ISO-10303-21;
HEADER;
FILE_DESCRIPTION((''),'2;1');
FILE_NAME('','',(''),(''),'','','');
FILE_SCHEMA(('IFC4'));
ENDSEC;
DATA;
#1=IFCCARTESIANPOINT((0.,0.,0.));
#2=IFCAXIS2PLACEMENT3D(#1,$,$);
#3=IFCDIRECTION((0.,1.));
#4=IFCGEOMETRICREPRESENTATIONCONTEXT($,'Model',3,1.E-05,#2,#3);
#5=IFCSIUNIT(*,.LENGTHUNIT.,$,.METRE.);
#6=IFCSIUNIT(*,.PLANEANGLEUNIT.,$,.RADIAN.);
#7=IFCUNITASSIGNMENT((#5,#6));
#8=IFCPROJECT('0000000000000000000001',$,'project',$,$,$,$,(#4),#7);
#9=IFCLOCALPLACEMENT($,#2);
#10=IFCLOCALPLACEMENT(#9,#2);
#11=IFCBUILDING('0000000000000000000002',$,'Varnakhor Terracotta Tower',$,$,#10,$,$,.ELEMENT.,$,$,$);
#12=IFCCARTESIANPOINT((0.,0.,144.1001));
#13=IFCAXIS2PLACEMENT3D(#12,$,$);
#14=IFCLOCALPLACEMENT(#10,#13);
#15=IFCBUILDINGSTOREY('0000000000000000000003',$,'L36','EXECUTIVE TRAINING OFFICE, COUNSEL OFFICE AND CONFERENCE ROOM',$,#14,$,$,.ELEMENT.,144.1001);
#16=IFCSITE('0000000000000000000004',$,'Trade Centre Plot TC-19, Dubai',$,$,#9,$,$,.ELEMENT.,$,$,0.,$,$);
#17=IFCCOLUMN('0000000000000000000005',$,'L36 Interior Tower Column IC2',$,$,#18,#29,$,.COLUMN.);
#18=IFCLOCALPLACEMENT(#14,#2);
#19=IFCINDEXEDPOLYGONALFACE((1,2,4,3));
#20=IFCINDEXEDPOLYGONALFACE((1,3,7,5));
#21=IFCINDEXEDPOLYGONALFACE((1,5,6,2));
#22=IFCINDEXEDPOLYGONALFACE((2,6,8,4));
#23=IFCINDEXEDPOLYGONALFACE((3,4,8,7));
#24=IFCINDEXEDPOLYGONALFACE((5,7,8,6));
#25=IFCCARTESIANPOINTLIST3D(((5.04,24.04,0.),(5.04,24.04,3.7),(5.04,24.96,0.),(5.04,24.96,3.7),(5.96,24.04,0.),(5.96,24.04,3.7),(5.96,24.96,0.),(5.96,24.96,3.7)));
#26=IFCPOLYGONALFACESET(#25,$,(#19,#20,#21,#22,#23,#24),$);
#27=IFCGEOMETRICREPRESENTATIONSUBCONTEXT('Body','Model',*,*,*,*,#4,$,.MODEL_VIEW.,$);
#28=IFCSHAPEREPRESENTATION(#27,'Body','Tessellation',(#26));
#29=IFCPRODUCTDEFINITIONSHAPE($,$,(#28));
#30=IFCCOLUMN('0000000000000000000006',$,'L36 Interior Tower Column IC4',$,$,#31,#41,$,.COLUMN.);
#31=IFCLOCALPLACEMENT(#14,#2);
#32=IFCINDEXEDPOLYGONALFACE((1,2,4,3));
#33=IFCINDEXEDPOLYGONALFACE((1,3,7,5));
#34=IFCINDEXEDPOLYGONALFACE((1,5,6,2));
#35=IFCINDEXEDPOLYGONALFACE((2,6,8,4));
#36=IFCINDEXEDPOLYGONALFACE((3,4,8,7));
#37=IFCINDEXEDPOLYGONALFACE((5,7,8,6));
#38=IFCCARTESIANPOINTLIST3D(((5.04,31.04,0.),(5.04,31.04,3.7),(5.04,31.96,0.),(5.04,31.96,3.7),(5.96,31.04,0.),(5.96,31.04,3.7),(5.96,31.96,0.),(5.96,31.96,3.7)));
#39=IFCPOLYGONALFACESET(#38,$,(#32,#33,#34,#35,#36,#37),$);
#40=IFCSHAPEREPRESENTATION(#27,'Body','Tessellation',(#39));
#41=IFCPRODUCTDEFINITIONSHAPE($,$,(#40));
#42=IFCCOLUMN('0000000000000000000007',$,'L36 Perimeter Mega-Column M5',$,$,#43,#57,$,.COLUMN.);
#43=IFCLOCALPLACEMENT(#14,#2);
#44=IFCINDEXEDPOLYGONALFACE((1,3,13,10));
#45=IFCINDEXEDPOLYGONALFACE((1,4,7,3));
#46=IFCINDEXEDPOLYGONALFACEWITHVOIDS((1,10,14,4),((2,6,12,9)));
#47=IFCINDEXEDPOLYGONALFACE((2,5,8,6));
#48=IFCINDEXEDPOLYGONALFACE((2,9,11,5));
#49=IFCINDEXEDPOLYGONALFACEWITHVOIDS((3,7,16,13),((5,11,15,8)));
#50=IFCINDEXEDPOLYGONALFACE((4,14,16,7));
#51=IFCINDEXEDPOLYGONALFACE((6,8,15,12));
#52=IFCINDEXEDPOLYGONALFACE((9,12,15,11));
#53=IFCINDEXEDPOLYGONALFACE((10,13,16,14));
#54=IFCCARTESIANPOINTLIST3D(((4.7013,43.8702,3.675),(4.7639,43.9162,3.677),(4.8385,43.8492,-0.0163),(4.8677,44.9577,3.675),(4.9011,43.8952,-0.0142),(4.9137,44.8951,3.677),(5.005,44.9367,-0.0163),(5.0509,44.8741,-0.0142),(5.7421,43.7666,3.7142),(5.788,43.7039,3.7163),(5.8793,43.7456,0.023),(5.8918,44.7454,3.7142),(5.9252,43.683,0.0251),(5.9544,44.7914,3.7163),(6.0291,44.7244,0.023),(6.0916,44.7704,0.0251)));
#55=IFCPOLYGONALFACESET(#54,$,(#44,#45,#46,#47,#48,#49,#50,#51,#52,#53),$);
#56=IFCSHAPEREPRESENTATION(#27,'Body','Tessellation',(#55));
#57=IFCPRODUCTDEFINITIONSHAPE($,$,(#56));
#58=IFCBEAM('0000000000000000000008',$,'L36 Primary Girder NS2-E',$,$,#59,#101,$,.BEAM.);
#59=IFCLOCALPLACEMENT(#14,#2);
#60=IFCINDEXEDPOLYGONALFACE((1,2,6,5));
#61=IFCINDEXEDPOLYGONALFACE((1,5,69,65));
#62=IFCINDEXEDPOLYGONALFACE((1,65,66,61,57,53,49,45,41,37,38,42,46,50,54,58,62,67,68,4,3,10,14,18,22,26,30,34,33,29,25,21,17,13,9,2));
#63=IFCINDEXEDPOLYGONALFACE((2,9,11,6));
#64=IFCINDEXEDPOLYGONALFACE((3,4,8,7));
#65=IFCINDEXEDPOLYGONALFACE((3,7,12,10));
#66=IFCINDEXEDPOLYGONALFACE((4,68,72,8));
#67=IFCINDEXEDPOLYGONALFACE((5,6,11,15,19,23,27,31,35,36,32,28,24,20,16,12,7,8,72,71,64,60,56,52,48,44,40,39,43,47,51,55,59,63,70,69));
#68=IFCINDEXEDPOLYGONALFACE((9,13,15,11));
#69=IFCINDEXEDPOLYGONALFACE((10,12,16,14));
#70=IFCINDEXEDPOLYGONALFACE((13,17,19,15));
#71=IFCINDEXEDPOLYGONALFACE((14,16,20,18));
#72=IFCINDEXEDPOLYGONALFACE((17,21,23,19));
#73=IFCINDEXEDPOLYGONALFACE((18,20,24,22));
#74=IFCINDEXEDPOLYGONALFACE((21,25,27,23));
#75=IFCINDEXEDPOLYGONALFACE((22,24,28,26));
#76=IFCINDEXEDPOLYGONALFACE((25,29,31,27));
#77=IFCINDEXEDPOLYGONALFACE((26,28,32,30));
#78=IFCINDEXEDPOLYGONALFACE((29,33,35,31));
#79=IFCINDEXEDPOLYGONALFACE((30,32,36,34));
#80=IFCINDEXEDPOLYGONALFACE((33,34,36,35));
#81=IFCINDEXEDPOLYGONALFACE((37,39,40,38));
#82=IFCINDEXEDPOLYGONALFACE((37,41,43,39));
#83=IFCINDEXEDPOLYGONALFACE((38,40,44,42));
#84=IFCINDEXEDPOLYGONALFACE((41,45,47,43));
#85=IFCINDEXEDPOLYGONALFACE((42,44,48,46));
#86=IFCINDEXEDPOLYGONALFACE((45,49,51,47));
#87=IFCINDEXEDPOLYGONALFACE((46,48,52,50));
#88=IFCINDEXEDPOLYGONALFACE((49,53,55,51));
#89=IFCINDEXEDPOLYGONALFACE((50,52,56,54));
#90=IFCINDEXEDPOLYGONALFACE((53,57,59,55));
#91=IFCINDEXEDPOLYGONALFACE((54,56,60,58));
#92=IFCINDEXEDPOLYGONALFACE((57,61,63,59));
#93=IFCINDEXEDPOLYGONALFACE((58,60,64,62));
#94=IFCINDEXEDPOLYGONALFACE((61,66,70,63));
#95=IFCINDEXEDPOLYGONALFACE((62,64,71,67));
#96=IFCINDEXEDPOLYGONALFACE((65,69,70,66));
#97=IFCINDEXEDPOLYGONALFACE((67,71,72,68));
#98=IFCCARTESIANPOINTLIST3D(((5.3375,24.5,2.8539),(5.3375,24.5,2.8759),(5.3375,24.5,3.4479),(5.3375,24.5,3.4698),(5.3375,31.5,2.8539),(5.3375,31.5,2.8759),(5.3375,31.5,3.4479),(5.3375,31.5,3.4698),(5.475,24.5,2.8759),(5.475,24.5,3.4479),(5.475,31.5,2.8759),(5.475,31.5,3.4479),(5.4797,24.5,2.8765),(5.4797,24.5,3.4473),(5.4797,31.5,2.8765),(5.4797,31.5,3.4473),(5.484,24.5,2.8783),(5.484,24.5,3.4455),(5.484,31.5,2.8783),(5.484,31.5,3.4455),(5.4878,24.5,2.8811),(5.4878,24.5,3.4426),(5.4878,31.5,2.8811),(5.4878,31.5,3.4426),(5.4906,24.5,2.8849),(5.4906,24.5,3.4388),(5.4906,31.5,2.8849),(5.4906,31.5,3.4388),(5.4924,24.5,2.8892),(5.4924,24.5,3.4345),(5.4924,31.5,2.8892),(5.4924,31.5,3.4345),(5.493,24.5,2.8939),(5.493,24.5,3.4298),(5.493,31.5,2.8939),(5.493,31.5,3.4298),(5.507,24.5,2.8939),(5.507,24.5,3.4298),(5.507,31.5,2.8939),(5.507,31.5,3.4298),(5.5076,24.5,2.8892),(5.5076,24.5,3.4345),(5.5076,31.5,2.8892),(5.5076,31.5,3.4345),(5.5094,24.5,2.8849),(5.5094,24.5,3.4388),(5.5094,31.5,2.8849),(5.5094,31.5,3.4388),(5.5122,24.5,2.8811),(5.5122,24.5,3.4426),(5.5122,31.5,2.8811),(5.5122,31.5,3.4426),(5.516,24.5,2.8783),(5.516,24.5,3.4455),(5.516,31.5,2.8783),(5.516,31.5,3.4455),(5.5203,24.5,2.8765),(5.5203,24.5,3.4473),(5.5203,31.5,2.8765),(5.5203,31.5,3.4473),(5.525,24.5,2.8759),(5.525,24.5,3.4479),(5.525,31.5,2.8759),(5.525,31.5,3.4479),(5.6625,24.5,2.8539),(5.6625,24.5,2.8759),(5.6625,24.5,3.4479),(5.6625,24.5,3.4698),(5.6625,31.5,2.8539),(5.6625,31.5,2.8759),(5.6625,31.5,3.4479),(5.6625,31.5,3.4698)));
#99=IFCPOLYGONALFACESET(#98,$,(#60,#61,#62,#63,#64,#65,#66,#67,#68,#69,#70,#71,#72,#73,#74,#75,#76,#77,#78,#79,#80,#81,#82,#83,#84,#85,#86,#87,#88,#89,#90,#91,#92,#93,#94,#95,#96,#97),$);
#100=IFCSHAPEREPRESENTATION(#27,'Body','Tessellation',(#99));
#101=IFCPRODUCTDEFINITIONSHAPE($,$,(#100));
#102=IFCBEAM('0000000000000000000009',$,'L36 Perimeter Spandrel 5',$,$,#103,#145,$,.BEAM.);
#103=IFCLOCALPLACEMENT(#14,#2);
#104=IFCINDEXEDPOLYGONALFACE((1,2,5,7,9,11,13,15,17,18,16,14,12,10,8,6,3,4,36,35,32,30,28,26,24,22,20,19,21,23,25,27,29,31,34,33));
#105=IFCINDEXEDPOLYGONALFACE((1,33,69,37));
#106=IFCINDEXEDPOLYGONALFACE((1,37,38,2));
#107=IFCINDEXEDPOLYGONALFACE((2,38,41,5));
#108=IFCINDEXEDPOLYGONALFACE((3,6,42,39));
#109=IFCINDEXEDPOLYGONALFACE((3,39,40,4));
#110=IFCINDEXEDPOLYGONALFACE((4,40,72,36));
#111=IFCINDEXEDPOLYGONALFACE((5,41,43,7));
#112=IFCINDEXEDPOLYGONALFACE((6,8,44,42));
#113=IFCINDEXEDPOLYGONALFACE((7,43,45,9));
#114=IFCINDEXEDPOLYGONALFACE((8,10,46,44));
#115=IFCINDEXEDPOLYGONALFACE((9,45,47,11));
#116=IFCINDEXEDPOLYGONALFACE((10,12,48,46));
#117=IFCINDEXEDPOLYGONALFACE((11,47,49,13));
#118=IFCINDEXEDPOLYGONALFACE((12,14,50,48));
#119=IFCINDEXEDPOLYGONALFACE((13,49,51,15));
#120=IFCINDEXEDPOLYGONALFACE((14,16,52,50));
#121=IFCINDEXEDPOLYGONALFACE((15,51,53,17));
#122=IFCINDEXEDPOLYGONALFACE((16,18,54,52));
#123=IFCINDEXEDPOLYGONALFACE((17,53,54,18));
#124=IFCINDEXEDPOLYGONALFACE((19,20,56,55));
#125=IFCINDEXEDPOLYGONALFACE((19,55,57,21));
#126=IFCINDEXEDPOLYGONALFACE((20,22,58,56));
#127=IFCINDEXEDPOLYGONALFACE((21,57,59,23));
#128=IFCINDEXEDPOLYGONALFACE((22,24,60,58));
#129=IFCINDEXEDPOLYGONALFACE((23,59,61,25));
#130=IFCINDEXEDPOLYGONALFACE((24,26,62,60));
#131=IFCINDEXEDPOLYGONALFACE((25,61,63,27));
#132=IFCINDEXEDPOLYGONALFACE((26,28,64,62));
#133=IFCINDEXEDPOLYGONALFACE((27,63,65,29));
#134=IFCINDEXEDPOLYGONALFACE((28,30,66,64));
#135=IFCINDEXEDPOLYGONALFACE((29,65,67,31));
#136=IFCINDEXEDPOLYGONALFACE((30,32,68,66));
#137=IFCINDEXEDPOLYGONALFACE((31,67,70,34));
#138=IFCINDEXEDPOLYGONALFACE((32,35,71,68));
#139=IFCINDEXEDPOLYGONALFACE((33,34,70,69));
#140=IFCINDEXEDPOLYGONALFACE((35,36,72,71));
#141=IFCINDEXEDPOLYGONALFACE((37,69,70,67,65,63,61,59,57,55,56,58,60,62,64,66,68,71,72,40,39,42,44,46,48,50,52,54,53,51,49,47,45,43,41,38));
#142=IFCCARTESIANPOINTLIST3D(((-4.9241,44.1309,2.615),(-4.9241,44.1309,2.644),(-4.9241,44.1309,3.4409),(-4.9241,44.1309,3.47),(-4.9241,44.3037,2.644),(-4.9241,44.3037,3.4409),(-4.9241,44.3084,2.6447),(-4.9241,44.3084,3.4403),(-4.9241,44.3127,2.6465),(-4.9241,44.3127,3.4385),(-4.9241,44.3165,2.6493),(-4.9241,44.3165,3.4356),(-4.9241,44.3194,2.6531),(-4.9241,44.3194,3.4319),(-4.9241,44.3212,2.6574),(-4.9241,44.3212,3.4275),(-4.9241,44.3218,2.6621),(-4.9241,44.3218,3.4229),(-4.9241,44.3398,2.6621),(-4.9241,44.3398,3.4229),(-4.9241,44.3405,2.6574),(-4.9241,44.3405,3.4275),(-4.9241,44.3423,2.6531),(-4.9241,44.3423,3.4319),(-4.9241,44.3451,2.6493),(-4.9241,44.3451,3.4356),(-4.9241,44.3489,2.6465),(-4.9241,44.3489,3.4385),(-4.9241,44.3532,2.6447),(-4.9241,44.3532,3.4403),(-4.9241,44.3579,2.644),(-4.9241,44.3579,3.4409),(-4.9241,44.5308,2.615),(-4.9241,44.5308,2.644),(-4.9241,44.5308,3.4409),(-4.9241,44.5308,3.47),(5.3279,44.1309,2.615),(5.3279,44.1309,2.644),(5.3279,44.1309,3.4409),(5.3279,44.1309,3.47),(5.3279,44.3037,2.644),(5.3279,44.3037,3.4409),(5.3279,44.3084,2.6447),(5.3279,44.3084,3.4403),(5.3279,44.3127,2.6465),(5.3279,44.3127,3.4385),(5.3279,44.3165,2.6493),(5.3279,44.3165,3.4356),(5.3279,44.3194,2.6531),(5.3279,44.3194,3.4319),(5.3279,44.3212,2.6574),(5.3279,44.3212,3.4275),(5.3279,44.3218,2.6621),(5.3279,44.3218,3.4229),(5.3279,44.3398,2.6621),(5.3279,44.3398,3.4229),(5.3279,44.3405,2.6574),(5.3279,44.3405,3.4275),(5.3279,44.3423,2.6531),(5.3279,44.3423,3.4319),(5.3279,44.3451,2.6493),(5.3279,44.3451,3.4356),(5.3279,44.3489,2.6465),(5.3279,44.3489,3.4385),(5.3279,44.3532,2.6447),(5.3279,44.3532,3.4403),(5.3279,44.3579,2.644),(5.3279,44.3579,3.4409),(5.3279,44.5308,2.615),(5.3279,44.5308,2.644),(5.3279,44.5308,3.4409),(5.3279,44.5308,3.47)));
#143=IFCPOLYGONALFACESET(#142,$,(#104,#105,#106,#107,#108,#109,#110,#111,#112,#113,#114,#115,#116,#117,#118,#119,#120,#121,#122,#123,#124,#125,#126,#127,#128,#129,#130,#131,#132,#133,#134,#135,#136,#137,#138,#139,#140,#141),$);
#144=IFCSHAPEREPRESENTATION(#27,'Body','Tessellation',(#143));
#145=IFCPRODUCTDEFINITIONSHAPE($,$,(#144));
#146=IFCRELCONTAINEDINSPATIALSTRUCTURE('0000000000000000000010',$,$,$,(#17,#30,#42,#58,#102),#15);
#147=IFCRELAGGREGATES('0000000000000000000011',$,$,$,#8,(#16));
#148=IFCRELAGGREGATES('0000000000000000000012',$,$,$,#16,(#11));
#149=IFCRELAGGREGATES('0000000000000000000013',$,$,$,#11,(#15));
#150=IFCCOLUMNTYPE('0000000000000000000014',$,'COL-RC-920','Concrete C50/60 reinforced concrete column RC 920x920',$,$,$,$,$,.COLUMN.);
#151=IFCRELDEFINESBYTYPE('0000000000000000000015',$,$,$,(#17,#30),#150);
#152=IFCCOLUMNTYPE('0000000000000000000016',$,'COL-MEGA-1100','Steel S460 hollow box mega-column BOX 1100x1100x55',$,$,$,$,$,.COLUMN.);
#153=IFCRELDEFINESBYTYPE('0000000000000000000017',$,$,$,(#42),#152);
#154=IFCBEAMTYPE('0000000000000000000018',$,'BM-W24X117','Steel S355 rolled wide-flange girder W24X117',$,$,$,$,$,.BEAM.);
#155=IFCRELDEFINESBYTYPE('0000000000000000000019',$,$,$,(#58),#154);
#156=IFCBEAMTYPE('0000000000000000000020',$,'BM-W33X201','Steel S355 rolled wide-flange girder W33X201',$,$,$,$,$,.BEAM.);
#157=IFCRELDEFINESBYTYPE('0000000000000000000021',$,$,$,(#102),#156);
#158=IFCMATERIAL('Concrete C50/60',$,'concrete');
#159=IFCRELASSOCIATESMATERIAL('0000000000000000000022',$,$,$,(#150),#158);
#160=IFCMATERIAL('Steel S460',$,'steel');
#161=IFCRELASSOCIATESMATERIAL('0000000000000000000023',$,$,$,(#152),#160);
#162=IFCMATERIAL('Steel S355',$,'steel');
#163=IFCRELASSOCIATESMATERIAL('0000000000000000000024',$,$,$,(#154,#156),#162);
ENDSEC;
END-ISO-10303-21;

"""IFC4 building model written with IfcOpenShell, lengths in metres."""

from ifc_helpers import new_model, si_unit, direction, frame, origin, origin_2d, place, context, subcontext, project, spatial, rectangle, hollow_rectangle, i_section, extrude, source, transform, mapped, material, material_profile, profile_set, type_object, element, save


model = new_model("IFC4")

# Units and contexts
model_context = context("Model", 3, precision=1e-05, world=origin(), true_north=direction((0.0, 1.0)))
body_context = subcontext(model_context, "Body", "Model", "MODEL_VIEW")
ifc_project = project(units=[si_unit("LENGTHUNIT", "METRE"), si_unit("PLANEANGLEUNIT", "RADIAN")], contexts=[model_context])

# Site, building, storey
site_placement = place(None, origin())
site = spatial("IfcSite", under=ifc_project, at=site_placement, Name="Trade Centre Plot TC-19, Dubai", CompositionType="ELEMENT", RefElevation=0.0)
building_placement = place(site_placement, origin())
building = spatial("IfcBuilding", under=site, at=building_placement, Name="Varnakhor Terracotta Tower", CompositionType="ELEMENT")
storey_placement = place(building_placement, frame((0.0, 0.0, 144.1001)))
storey = spatial("IfcBuildingStorey", under=building, at=storey_placement, Name="L36", Description="EXECUTIVE TRAINING OFFICE, COUNSEL OFFICE AND CONFERENCE ROOM", CompositionType="ELEMENT", Elevation=144.1001)

# Columns
ifc_material_1 = material(Name="Concrete C50/60", Category="concrete")
ifc_material_profile_1 = material_profile(ifc_material_1, rectangle(XDim=0.9199, YDim=0.9199, at=origin_2d()), Name="RC 920x920")
ifc_profile_set_1 = profile_set([ifc_material_profile_1], Name="Concrete C50/60")
column_type_1 = type_object("IfcColumnType", Name="COL-RC-920", Description="Concrete C50/60 reinforced concrete column RC 920x920", PredefinedType="COLUMN", material=ifc_profile_set_1)
shared_shape_1 = source(origin(), body_context, "Body", "SweptSolid", [
    extrude(rectangle(XDim=0.9199, YDim=0.9199, at=origin_2d()), origin(), (0.0, 0.0, 1.0), 3.7),
])
for number, where, z_axis, x_axis, name in (
    (1, (5.5, 24.5, 0.0), (0.0, 0.0, 1.0), (1.0, 0.0, 0.0), "L36 Interior Tower Column IC2"),
    (2, (5.5, 31.5, 0.0), (0.0, 0.0, 1.0), (1.0, 0.0, 0.0), "L36 Interior Tower Column IC4"),
):
    element("IfcColumn", number, at=place(storey_placement, frame(where, z_axis=z_axis, x_axis=x_axis)), inside=storey, type_object=column_type_1, Name=name, PredefinedType="COLUMN", context=body_context, shape_type="MappedRepresentation", body=[
        mapped(shared_shape_1, transform((0.0, 0.0, 0.0), scale=1.0)),
    ])
ifc_material_2 = material(Name="Steel S460", Category="steel")
ifc_material_profile_2 = material_profile(ifc_material_2, hollow_rectangle(XDim=1.1001, YDim=1.1001, WallThickness=0.0549, at=origin_2d()), Name="BOX 1100x1100x55")
ifc_profile_set_2 = profile_set([ifc_material_profile_2], Name="Steel S460")
column_type_2 = type_object("IfcColumnType", Name="COL-MEGA-1100", Description="Steel S460 hollow box mega-column BOX 1100x1100x55", PredefinedType="COLUMN", material=ifc_profile_set_2)
shared_shape_2 = source(origin(), body_context, "Body", "SweptSolid", [
    extrude(hollow_rectangle(XDim=1.1001, YDim=1.1001, WallThickness=0.0549, at=origin_2d()), origin(), (0.0, 0.0, 1.0), 3.6938),
])
column_placement = place(storey_placement, frame((5.4651, 44.3098, 0.0044), z_axis=(-0.037146, 0.005684, 0.999294), x_axis=(-0.151264, -0.988493, 0.0)))
element("IfcColumn", 3, at=column_placement, inside=storey, type_object=column_type_2, Name="L36 Perimeter Mega-Column M5", PredefinedType="COLUMN", context=body_context, shape_type="MappedRepresentation", body=[
    mapped(shared_shape_2, transform((0.0, 0.0, 0.0), scale=1.0)),
])

# Beams
ifc_material_3 = material(Name="Steel S355", Category="steel")
ifc_material_profile_3 = material_profile(ifc_material_3, i_section(OverallWidth=0.325, OverallDepth=0.616, WebThickness=0.0139, FlangeThickness=0.022, FilletRadius=0.0181, at=origin_2d()), Name="W24X117")
ifc_profile_set_3 = profile_set([ifc_material_profile_3], Name="Steel S355")
beam_type_1 = type_object("IfcBeamType", Name="BM-W24X117", Description="Steel S355 rolled wide-flange girder W24X117", PredefinedType="BEAM", material=ifc_profile_set_3)
shared_shape_3 = source(origin(), body_context, "Body", "SweptSolid", [
    extrude(i_section(OverallWidth=0.325, OverallDepth=0.616, WebThickness=0.0139, FlangeThickness=0.022, FilletRadius=0.0181, at=origin_2d()), origin(), (0.0, 0.0, 1.0), 7.0),
])
beam_1_placement = place(storey_placement, frame((5.5, 24.5, 3.1619), z_axis=(0.0, 1.0, 0.0), x_axis=(-1.0, 0.0, 0.0)))
element("IfcBeam", 4, at=beam_1_placement, inside=storey, type_object=beam_type_1, Name="L36 Primary Girder NS2-E", PredefinedType="BEAM", context=body_context, shape_type="MappedRepresentation", body=[
    mapped(shared_shape_3, transform((0.0, 0.0, 0.0), scale=1.0)),
])
ifc_material_profile_4 = material_profile(ifc_material_3, i_section(OverallWidth=0.3999, OverallDepth=0.855, WebThickness=0.0181, FlangeThickness=0.0291, FilletRadius=0.0181, at=origin_2d()), Name="W33X201")
ifc_profile_set_4 = profile_set([ifc_material_profile_4], Name="Steel S355")
beam_type_2 = type_object("IfcBeamType", Name="BM-W33X201", Description="Steel S355 rolled wide-flange girder W33X201", PredefinedType="BEAM", material=ifc_profile_set_4)
shared_shape_4 = source(origin(), body_context, "Body", "SweptSolid", [
    extrude(i_section(OverallWidth=0.3999, OverallDepth=0.855, WebThickness=0.0181, FlangeThickness=0.0291, FilletRadius=0.0181, at=origin_2d()), origin(), (0.0, 0.0, 1.0), 10.252),
])
beam_2_placement = place(storey_placement, frame((5.3279, 44.3308, 3.0425), z_axis=(-1.0, 0.0, 0.0), x_axis=(0.0, -1.0, 0.0)))
element("IfcBeam", 5, at=beam_2_placement, inside=storey, type_object=beam_type_2, Name="L36 Perimeter Spandrel 5", PredefinedType="BEAM", context=body_context, shape_type="MappedRepresentation", body=[
    mapped(shared_shape_4, transform((0.0, 0.0, 0.0), scale=1.0)),
])

save(model, "model.ifc")
